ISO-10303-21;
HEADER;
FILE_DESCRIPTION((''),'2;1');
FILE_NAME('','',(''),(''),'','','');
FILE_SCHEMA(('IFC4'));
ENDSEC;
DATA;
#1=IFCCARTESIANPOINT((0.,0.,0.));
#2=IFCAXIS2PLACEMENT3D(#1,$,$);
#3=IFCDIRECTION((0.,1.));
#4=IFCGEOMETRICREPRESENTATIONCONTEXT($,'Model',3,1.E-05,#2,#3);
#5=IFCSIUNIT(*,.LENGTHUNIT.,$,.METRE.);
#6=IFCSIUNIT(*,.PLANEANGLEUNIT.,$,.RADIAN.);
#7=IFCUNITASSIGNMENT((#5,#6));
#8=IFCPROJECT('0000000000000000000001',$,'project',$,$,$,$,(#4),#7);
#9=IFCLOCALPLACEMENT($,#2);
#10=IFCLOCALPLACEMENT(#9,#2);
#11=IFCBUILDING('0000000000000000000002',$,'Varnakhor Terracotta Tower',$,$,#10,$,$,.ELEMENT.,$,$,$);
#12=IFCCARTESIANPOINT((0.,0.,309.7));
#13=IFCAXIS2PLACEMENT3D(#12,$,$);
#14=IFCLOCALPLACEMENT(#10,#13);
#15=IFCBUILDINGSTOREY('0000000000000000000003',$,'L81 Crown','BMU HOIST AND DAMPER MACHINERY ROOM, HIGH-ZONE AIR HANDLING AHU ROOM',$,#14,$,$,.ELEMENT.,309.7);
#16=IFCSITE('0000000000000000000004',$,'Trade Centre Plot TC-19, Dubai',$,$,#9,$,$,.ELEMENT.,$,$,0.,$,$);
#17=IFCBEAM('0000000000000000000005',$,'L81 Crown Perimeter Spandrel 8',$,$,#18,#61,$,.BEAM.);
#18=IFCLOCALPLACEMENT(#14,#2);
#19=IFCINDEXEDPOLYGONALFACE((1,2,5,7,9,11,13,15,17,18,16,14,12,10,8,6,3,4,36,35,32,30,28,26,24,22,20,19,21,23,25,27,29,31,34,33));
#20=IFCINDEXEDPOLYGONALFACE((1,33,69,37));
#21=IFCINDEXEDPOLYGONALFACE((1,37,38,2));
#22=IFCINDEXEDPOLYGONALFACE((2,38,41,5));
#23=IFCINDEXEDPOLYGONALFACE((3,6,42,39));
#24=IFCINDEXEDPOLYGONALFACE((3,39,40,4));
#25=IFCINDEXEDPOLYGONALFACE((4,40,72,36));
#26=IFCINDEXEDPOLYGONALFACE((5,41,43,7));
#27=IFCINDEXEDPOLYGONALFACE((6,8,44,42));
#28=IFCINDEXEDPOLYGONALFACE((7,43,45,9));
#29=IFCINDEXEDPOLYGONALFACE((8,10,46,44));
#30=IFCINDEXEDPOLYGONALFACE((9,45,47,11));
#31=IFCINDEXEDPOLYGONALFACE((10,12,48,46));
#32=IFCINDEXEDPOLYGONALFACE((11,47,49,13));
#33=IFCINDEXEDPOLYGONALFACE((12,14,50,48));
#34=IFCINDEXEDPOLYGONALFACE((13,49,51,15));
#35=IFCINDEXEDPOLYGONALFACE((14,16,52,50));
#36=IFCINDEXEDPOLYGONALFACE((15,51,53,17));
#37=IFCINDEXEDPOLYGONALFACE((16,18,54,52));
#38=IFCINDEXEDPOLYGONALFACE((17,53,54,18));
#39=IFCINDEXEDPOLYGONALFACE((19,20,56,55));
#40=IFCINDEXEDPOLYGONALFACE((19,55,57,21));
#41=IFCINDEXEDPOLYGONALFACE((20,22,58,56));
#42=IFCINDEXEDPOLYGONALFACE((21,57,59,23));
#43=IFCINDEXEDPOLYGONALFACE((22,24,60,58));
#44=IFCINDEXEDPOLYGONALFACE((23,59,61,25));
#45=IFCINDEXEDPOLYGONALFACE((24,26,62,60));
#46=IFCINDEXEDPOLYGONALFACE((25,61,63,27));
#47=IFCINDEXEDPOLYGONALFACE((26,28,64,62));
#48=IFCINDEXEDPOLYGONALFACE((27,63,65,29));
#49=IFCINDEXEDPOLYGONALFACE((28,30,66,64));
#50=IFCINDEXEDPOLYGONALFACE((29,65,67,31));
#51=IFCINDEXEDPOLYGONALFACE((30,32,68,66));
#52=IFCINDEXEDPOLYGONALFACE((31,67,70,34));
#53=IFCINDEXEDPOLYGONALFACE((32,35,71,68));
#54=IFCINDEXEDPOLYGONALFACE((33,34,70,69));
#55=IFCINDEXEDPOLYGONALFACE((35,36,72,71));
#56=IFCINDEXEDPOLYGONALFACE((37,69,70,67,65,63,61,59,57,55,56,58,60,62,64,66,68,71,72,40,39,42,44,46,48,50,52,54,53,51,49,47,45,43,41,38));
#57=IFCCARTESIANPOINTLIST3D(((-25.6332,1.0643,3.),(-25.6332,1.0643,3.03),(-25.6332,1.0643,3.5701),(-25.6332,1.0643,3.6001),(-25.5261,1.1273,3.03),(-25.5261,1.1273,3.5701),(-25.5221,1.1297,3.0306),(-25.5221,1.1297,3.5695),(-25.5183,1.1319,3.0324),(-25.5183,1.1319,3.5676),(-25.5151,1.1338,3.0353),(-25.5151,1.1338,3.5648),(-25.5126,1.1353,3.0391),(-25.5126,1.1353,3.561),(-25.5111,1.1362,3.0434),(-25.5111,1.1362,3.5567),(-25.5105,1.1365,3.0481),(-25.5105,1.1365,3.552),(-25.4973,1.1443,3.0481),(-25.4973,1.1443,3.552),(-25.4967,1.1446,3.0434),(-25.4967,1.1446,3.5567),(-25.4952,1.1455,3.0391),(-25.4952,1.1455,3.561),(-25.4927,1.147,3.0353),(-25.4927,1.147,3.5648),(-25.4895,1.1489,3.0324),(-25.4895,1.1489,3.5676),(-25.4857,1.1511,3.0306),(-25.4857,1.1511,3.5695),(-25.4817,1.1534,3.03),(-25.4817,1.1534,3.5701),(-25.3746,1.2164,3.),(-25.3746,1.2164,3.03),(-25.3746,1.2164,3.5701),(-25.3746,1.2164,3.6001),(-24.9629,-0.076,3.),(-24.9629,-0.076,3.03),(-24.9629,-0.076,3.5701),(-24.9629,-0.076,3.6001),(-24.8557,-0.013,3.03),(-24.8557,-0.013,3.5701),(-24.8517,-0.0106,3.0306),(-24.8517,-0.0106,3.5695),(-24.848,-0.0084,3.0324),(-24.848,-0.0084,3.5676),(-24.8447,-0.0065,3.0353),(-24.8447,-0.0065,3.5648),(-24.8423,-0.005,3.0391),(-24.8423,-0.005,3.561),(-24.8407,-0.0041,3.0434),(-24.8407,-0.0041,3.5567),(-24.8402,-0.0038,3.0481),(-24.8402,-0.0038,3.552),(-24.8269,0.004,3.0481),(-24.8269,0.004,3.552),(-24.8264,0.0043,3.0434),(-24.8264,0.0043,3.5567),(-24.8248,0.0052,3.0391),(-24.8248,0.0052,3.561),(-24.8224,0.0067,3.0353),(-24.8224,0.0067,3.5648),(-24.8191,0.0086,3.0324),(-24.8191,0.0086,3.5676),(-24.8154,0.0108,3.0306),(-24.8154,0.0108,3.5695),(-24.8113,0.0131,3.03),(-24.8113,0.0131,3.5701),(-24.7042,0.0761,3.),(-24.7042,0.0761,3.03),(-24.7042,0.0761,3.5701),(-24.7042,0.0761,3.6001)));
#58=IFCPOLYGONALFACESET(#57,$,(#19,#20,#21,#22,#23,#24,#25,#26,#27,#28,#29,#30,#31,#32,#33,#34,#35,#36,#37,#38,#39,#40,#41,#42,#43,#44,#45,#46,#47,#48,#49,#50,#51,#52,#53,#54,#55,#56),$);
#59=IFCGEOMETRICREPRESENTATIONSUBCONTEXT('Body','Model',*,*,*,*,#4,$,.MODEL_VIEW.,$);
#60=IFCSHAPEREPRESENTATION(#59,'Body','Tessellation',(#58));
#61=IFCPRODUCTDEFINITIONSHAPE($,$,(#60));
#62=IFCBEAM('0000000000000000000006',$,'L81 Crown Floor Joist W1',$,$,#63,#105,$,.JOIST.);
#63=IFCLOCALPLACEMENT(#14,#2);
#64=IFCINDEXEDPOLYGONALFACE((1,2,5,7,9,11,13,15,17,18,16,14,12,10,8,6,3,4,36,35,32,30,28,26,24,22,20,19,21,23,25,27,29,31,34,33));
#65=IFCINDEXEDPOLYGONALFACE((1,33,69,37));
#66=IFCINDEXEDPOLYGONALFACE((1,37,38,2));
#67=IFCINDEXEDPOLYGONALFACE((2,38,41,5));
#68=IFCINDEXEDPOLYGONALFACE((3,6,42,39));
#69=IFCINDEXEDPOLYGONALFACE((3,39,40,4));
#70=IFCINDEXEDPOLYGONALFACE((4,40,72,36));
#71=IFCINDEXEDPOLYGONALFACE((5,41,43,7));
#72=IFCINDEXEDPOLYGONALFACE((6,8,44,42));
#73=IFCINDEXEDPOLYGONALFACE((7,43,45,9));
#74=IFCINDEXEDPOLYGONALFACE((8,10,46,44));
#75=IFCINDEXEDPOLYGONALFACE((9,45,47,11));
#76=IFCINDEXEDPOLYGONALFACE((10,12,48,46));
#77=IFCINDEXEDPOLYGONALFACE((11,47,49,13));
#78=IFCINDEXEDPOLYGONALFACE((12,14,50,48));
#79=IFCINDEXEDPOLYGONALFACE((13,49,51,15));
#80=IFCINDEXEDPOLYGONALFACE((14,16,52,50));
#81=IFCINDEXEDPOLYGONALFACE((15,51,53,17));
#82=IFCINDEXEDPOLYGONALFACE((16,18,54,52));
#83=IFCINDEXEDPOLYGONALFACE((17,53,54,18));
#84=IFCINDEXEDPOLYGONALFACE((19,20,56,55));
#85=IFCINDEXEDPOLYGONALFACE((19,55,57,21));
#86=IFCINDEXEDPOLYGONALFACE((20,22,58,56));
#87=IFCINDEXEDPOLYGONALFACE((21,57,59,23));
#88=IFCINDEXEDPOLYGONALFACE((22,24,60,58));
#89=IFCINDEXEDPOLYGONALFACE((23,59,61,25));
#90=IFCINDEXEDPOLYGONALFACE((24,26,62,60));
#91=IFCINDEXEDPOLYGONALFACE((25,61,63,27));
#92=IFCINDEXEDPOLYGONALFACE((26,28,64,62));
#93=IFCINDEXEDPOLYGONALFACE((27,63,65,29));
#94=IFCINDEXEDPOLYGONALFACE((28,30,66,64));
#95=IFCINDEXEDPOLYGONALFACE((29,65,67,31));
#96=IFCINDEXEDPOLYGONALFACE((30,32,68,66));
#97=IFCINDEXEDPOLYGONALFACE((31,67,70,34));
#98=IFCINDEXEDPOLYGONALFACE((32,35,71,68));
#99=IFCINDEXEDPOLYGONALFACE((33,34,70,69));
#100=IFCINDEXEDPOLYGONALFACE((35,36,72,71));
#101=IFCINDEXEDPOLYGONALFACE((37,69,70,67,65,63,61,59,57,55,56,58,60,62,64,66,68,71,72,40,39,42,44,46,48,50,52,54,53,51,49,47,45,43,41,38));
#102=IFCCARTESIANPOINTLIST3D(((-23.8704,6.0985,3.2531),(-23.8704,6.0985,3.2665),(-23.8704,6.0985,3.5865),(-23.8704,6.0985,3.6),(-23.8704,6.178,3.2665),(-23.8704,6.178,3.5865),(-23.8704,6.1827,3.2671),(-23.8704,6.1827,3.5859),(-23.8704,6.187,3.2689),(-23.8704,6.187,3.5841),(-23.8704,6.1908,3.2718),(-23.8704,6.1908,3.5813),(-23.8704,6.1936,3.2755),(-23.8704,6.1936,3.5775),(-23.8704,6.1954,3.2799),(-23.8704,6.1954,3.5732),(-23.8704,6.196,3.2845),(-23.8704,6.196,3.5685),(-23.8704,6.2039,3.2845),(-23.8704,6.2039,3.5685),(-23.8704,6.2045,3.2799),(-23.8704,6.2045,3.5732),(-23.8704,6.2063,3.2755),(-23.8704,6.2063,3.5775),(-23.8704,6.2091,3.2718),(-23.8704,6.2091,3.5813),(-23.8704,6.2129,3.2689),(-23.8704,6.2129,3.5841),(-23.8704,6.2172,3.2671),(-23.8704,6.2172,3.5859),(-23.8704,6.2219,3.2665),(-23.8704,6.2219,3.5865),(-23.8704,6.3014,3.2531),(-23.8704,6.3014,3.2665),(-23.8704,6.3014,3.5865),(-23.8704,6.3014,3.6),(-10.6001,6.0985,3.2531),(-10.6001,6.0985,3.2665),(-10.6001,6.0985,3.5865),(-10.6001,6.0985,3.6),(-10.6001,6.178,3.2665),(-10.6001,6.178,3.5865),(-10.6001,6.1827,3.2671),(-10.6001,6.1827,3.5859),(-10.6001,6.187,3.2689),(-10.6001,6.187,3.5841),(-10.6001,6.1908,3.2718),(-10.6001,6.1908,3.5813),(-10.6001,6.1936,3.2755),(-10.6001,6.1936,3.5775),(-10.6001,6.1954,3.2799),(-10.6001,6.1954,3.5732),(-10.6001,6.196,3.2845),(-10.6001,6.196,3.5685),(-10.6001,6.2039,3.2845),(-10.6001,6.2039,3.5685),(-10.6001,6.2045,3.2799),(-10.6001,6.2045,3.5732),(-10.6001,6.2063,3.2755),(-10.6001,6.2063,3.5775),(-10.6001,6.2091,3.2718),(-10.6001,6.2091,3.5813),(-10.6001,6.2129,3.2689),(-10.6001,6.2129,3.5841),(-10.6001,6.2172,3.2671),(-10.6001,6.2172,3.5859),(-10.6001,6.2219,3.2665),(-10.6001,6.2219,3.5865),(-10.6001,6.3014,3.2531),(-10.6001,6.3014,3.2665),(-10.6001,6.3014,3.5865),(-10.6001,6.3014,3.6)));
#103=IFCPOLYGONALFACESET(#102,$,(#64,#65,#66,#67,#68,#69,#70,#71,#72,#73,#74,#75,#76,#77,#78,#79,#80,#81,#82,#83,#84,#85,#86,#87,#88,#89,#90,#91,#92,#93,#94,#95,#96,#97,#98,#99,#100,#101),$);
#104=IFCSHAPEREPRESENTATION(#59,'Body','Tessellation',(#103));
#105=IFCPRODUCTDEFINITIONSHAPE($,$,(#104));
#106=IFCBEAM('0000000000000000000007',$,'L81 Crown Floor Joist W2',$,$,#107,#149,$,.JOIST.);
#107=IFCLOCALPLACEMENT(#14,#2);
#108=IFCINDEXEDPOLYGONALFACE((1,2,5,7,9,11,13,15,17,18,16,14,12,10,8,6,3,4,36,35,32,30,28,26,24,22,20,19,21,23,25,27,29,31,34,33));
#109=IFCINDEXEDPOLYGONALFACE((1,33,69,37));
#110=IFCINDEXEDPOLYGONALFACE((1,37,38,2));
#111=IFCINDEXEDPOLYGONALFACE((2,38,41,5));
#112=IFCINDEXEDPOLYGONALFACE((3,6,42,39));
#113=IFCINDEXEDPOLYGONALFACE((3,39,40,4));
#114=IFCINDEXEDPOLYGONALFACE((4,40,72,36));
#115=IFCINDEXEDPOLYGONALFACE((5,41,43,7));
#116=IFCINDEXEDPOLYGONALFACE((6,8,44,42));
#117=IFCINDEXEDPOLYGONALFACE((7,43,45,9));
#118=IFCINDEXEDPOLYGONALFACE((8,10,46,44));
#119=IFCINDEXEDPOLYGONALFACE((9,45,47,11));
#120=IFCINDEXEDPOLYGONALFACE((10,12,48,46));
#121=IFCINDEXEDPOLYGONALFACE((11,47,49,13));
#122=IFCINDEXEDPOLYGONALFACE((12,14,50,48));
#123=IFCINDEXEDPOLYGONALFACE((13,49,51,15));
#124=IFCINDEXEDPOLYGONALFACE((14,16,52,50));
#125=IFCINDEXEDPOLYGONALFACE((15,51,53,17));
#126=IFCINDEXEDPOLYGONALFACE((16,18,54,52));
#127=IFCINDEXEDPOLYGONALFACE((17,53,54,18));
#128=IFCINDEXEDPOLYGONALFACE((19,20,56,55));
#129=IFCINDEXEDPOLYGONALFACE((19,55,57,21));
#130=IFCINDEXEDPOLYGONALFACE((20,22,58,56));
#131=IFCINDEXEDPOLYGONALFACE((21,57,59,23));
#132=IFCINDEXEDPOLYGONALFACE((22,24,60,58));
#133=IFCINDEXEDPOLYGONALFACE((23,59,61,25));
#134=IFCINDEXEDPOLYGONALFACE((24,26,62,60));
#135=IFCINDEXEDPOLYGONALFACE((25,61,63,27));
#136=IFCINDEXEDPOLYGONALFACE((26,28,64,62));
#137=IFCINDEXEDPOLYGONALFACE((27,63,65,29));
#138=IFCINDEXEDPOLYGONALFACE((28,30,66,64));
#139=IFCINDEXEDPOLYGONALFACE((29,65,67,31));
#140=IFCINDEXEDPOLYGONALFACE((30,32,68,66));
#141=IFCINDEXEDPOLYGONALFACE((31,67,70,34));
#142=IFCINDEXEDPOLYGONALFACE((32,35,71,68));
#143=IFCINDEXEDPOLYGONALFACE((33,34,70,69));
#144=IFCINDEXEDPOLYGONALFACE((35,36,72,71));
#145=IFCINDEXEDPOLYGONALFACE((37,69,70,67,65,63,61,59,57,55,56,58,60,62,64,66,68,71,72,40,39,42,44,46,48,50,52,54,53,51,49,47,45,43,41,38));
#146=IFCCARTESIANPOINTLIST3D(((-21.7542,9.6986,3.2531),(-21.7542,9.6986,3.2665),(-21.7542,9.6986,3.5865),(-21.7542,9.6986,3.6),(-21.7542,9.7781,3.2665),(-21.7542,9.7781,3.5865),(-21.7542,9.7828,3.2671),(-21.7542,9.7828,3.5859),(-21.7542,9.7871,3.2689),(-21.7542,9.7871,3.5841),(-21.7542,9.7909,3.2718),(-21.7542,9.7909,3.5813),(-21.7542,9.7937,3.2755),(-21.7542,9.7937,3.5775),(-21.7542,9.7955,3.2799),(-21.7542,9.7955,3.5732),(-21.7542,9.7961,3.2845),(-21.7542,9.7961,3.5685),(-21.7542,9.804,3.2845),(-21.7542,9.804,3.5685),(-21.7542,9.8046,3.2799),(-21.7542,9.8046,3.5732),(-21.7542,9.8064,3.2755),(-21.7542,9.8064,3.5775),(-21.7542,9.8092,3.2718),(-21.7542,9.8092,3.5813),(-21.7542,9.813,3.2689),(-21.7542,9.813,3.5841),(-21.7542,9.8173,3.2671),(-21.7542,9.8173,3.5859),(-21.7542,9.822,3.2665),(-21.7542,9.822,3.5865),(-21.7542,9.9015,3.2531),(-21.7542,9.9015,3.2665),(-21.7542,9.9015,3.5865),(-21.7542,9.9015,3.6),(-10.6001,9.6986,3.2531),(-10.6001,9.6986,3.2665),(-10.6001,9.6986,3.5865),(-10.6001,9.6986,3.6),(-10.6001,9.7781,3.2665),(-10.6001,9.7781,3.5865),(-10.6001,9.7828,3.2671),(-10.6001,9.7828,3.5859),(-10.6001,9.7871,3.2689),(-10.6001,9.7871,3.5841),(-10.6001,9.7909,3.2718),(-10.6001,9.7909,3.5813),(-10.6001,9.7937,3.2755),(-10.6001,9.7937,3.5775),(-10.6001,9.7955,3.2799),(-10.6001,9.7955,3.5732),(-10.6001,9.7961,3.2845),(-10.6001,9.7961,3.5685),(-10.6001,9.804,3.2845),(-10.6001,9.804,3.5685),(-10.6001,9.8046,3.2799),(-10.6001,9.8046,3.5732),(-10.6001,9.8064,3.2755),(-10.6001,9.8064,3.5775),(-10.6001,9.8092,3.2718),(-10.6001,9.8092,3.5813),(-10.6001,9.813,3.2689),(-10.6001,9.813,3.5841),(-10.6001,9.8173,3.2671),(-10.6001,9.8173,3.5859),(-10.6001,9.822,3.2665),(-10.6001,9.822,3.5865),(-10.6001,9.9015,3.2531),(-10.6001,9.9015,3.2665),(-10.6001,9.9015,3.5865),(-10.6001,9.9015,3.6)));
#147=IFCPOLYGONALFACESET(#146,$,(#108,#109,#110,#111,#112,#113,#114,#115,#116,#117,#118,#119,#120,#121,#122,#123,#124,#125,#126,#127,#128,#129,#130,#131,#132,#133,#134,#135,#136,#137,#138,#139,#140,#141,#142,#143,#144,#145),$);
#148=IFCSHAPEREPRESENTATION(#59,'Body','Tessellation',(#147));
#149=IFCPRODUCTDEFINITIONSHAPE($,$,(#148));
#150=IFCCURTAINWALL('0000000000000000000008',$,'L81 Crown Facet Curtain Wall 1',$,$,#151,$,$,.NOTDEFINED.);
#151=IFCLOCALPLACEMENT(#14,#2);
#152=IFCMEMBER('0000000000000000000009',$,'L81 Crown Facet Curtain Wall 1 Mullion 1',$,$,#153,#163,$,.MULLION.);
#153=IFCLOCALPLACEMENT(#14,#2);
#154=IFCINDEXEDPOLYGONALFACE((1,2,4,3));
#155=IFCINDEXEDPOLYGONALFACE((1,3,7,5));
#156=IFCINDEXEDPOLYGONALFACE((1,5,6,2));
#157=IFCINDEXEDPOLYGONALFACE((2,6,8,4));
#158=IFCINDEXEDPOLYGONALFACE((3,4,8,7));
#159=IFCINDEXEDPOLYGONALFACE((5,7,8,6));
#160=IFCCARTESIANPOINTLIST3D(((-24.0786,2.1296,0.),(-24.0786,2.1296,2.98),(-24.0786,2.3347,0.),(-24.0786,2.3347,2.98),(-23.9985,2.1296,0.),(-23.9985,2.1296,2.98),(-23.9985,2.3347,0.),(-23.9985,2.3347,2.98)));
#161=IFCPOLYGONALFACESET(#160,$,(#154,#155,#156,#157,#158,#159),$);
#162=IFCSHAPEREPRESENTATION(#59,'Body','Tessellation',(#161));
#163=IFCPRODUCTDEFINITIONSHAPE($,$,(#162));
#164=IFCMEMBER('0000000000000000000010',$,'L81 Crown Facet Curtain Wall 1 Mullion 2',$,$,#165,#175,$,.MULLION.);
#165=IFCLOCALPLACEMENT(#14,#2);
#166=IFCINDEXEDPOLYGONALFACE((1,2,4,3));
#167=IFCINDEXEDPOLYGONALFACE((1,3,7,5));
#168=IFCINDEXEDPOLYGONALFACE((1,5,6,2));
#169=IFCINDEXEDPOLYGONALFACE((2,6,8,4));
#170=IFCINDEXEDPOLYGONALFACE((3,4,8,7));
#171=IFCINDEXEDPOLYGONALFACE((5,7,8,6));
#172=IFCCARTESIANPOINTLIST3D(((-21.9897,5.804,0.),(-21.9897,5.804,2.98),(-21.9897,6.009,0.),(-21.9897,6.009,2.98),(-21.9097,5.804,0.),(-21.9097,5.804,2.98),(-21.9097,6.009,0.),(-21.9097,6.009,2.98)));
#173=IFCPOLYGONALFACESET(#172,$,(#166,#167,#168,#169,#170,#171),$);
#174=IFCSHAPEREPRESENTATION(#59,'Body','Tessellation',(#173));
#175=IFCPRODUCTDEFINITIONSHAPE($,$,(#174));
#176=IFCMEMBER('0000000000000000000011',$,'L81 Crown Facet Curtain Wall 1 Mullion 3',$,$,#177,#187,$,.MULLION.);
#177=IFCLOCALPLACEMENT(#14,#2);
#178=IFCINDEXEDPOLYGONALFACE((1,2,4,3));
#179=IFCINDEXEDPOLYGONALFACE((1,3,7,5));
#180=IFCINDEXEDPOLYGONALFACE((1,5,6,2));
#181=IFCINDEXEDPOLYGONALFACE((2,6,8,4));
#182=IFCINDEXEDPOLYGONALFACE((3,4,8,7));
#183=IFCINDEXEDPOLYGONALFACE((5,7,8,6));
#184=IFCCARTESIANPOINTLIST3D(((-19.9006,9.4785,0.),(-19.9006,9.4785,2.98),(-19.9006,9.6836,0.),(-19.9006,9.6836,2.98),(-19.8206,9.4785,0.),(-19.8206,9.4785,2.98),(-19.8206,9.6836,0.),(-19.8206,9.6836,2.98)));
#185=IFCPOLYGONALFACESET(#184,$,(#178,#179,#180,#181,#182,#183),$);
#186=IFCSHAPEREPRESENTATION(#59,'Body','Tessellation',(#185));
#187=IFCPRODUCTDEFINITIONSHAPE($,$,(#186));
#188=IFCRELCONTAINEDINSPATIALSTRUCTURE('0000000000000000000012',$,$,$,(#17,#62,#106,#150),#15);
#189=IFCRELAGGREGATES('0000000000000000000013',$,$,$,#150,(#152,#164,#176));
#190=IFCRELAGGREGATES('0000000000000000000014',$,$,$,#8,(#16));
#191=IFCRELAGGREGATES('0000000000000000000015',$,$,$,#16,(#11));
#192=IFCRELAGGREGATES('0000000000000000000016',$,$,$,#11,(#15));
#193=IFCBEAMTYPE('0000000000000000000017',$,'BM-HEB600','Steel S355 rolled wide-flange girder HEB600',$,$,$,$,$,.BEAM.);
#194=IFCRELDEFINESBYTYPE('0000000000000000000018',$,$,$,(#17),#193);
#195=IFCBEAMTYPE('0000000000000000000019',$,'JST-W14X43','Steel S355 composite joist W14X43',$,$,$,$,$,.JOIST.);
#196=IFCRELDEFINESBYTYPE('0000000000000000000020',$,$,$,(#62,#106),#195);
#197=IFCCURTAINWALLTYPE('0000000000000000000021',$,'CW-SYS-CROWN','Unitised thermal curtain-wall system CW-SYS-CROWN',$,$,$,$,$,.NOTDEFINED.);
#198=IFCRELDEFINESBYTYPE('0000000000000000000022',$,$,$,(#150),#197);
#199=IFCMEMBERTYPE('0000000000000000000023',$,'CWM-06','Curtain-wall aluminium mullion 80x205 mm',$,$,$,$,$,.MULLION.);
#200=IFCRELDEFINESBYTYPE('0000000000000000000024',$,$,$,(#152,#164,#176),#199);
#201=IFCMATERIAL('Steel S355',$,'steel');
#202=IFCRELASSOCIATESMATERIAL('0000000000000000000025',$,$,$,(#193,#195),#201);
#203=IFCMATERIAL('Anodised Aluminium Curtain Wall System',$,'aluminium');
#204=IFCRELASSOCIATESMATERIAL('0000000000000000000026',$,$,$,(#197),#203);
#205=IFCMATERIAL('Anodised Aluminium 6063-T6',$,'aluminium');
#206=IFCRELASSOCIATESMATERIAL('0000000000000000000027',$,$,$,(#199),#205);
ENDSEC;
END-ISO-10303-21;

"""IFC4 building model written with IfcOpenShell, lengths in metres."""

from ifc_helpers import new_model, si_unit, direction, frame, origin, origin_2d, place, context, subcontext, project, spatial, rectangle, i_section, extrude, source, transform, mapped, material, material_profile, profile_set, type_object, type_shapes, element, aggregate, save


model = new_model("IFC4")

# Units and contexts
model_context = context("Model", 3, precision=1e-05, world=origin(), true_north=direction((0.0, 1.0)))
body_context = subcontext(model_context, "Body", "Model", "MODEL_VIEW")
ifc_project = project(units=[si_unit("LENGTHUNIT", "METRE"), si_unit("PLANEANGLEUNIT", "RADIAN")], contexts=[model_context])

# Site, building, storey
site_placement = place(None, origin())
site = spatial("IfcSite", under=ifc_project, at=site_placement, Name="Trade Centre Plot TC-19, Dubai", CompositionType="ELEMENT", RefElevation=0.0)
building_placement = place(site_placement, origin())
building = spatial("IfcBuilding", under=site, at=building_placement, Name="Varnakhor Terracotta Tower", CompositionType="ELEMENT")
storey_placement = place(building_placement, frame((0.0, 0.0, 309.7)))
storey = spatial("IfcBuildingStorey", under=building, at=storey_placement, Name="L81 Crown", Description="BMU HOIST AND DAMPER MACHINERY ROOM, HIGH-ZONE AIR HANDLING AHU ROOM", CompositionType="ELEMENT", Elevation=309.7)

# Shared definitions
ifc_material_1 = material(Name="Steel S355", Category="steel")

# Beams
ifc_material_profile_1 = material_profile(ifc_material_1, i_section(OverallWidth=0.3, OverallDepth=0.6001, WebThickness=0.0154, FlangeThickness=0.03, FilletRadius=0.0181, at=origin_2d()), Name="HEB600")
ifc_profile_set_1 = profile_set([ifc_material_profile_1], Name="Steel S355")
beam_type_1 = type_object("IfcBeamType", Name="BM-HEB600", Description="Steel S355 rolled wide-flange girder HEB600", PredefinedType="BEAM", material=ifc_profile_set_1)
shared_shape_1 = source(origin(), body_context, "Body", "SweptSolid", [
    extrude(i_section(OverallWidth=0.3, OverallDepth=0.6001, WebThickness=0.0154, FlangeThickness=0.03, FilletRadius=0.0181, at=origin_2d()), origin(), (0.0, 0.0, 1.0), 1.3228),
])
for number, where, z_axis, x_axis, name in (
    (1, (-25.5039, 1.1404, 3.3), (0.506794, -0.862067, 0.0), (0.862067, 0.506794, 0.0), "L81 Crown Perimeter Spandrel 8"),
):
    element("IfcBeam", number, at=place(storey_placement, frame(where, z_axis=z_axis, x_axis=x_axis)), inside=storey, type_object=beam_type_1, Name=name, PredefinedType="BEAM", context=body_context, shape_type="MappedRepresentation", body=[
        mapped(shared_shape_1, transform((0.0, 0.0, 0.0), scale=1.0)),
    ])
ifc_material_profile_2 = material_profile(ifc_material_1, i_section(OverallWidth=0.2029, OverallDepth=0.3469, WebThickness=0.0078, FlangeThickness=0.0134, FilletRadius=0.0181, at=origin_2d()), Name="W14X43")
ifc_profile_set_2 = profile_set([ifc_material_profile_2], Name="Steel S355")
beam_type_2 = type_object("IfcBeamType", Name="JST-W14X43", Description="Steel S355 composite joist W14X43", PredefinedType="JOIST", material=ifc_profile_set_2)
shared_shape_2 = source(origin(), body_context, "Body", "SweptSolid", [
    extrude(i_section(OverallWidth=0.2029, OverallDepth=0.3469, WebThickness=0.0078, FlangeThickness=0.0134, FilletRadius=0.0181, at=origin_2d()), origin(), (0.0, 0.0, 1.0), 13.2703),
])
beam_1_placement = place(storey_placement, frame((-23.8704, 6.2, 3.4265), z_axis=(1.0, 0.0, 0.0), x_axis=(0.0, 1.0, 0.0)))
element("IfcBeam", 2, at=beam_1_placement, inside=storey, type_object=beam_type_2, Name="L81 Crown Floor Joist W1", PredefinedType="JOIST", context=body_context, shape_type="MappedRepresentation", body=[
    mapped(shared_shape_2, transform((0.0, 0.0, 0.0), scale=1.0)),
])
shared_shape_3 = source(origin(), body_context, "Body", "SweptSolid", [
    extrude(i_section(OverallWidth=0.2029, OverallDepth=0.3469, WebThickness=0.0078, FlangeThickness=0.0134, FilletRadius=0.0181, at=origin_2d()), origin(), (0.0, 0.0, 1.0), 11.1541),
])
beam_2_placement = place(storey_placement, frame((-21.7542, 9.8, 3.4265), z_axis=(1.0, 0.0, 0.0), x_axis=(0.0, 1.0, 0.0)))
element("IfcBeam", 3, at=beam_2_placement, inside=storey, type_object=beam_type_2, Name="L81 Crown Floor Joist W2", PredefinedType="JOIST", context=body_context, shape_type="MappedRepresentation", body=[
    mapped(shared_shape_3, transform((0.0, 0.0, 0.0), scale=1.0)),
])

# Curtain wall, members
ifc_material_2 = material(Name="Anodised Aluminium Curtain Wall System", Category="aluminium")
curtain_wall_type = type_object("IfcCurtainWallType", Name="CW-SYS-CROWN", Description="Unitised thermal curtain-wall system CW-SYS-CROWN", PredefinedType="NOTDEFINED", material=ifc_material_2)
curtain_wall_1_placement = place(storey_placement, origin())
curtain_wall_1 = element("IfcCurtainWall", 4, at=curtain_wall_1_placement, inside=storey, type_object=curtain_wall_type, Name="L81 Crown Facet Curtain Wall 1", PredefinedType="NOTDEFINED")
ifc_material_3 = material(Name="Anodised Aluminium 6063-T6", Category="aluminium")
ifc_material_profile_3 = material_profile(ifc_material_3, rectangle(XDim=0.0801, YDim=0.2051, at=origin_2d()), Name="ALU MULLION 80x205")
ifc_profile_set_3 = profile_set([ifc_material_profile_3], Name="Anodised Aluminium 6063-T6")
member_type_1 = type_object("IfcMemberType", Name="CWM-06", Description="Curtain-wall aluminium mullion 80x205 mm", PredefinedType="MULLION", material=ifc_profile_set_3)
shared_shape_4 = source(origin(), body_context, "Body", "SweptSolid", [
    extrude(rectangle(XDim=0.0801, YDim=0.2051, at=origin_2d()), origin(), (0.0, 0.0, 1.0), 2.98),
])
type_shapes(member_type_1, [shared_shape_4])
member_1_placement = place(storey_placement, frame((-24.0386, 2.2322, 0.0), z_axis=(0.0, 0.0, 1.0), x_axis=(1.0, 0.0, 0.0)))
member_1 = element("IfcMember", 5, at=member_1_placement, type_object=member_type_1, Name="L81 Crown Facet Curtain Wall 1 Mullion 1", PredefinedType="MULLION", context=body_context, shape_type="MappedRepresentation", body=[
    mapped(shared_shape_4, transform((0.0, 0.0, 0.0), scale=1.0)),
])
member_2_placement = place(storey_placement, frame((-21.9497, 5.9065, 0.0), z_axis=(0.0, 0.0, 1.0), x_axis=(1.0, 0.0, 0.0)))
member_2 = element("IfcMember", 6, at=member_2_placement, type_object=member_type_1, Name="L81 Crown Facet Curtain Wall 1 Mullion 2", PredefinedType="MULLION", context=body_context, shape_type="MappedRepresentation", body=[
    mapped(shared_shape_4, transform((0.0, 0.0, 0.0), scale=1.0)),
])
member_3_placement = place(storey_placement, frame((-19.8606, 9.5811, 0.0), z_axis=(0.0, 0.0, 1.0), x_axis=(1.0, 0.0, 0.0)))
member_3 = element("IfcMember", 7, at=member_3_placement, type_object=member_type_1, Name="L81 Crown Facet Curtain Wall 1 Mullion 3", PredefinedType="MULLION", context=body_context, shape_type="MappedRepresentation", body=[
    mapped(shared_shape_4, transform((0.0, 0.0, 0.0), scale=1.0)),
])

aggregate(curtain_wall_1, [member_1, member_2, member_3])

save(model, "model.ifc")
